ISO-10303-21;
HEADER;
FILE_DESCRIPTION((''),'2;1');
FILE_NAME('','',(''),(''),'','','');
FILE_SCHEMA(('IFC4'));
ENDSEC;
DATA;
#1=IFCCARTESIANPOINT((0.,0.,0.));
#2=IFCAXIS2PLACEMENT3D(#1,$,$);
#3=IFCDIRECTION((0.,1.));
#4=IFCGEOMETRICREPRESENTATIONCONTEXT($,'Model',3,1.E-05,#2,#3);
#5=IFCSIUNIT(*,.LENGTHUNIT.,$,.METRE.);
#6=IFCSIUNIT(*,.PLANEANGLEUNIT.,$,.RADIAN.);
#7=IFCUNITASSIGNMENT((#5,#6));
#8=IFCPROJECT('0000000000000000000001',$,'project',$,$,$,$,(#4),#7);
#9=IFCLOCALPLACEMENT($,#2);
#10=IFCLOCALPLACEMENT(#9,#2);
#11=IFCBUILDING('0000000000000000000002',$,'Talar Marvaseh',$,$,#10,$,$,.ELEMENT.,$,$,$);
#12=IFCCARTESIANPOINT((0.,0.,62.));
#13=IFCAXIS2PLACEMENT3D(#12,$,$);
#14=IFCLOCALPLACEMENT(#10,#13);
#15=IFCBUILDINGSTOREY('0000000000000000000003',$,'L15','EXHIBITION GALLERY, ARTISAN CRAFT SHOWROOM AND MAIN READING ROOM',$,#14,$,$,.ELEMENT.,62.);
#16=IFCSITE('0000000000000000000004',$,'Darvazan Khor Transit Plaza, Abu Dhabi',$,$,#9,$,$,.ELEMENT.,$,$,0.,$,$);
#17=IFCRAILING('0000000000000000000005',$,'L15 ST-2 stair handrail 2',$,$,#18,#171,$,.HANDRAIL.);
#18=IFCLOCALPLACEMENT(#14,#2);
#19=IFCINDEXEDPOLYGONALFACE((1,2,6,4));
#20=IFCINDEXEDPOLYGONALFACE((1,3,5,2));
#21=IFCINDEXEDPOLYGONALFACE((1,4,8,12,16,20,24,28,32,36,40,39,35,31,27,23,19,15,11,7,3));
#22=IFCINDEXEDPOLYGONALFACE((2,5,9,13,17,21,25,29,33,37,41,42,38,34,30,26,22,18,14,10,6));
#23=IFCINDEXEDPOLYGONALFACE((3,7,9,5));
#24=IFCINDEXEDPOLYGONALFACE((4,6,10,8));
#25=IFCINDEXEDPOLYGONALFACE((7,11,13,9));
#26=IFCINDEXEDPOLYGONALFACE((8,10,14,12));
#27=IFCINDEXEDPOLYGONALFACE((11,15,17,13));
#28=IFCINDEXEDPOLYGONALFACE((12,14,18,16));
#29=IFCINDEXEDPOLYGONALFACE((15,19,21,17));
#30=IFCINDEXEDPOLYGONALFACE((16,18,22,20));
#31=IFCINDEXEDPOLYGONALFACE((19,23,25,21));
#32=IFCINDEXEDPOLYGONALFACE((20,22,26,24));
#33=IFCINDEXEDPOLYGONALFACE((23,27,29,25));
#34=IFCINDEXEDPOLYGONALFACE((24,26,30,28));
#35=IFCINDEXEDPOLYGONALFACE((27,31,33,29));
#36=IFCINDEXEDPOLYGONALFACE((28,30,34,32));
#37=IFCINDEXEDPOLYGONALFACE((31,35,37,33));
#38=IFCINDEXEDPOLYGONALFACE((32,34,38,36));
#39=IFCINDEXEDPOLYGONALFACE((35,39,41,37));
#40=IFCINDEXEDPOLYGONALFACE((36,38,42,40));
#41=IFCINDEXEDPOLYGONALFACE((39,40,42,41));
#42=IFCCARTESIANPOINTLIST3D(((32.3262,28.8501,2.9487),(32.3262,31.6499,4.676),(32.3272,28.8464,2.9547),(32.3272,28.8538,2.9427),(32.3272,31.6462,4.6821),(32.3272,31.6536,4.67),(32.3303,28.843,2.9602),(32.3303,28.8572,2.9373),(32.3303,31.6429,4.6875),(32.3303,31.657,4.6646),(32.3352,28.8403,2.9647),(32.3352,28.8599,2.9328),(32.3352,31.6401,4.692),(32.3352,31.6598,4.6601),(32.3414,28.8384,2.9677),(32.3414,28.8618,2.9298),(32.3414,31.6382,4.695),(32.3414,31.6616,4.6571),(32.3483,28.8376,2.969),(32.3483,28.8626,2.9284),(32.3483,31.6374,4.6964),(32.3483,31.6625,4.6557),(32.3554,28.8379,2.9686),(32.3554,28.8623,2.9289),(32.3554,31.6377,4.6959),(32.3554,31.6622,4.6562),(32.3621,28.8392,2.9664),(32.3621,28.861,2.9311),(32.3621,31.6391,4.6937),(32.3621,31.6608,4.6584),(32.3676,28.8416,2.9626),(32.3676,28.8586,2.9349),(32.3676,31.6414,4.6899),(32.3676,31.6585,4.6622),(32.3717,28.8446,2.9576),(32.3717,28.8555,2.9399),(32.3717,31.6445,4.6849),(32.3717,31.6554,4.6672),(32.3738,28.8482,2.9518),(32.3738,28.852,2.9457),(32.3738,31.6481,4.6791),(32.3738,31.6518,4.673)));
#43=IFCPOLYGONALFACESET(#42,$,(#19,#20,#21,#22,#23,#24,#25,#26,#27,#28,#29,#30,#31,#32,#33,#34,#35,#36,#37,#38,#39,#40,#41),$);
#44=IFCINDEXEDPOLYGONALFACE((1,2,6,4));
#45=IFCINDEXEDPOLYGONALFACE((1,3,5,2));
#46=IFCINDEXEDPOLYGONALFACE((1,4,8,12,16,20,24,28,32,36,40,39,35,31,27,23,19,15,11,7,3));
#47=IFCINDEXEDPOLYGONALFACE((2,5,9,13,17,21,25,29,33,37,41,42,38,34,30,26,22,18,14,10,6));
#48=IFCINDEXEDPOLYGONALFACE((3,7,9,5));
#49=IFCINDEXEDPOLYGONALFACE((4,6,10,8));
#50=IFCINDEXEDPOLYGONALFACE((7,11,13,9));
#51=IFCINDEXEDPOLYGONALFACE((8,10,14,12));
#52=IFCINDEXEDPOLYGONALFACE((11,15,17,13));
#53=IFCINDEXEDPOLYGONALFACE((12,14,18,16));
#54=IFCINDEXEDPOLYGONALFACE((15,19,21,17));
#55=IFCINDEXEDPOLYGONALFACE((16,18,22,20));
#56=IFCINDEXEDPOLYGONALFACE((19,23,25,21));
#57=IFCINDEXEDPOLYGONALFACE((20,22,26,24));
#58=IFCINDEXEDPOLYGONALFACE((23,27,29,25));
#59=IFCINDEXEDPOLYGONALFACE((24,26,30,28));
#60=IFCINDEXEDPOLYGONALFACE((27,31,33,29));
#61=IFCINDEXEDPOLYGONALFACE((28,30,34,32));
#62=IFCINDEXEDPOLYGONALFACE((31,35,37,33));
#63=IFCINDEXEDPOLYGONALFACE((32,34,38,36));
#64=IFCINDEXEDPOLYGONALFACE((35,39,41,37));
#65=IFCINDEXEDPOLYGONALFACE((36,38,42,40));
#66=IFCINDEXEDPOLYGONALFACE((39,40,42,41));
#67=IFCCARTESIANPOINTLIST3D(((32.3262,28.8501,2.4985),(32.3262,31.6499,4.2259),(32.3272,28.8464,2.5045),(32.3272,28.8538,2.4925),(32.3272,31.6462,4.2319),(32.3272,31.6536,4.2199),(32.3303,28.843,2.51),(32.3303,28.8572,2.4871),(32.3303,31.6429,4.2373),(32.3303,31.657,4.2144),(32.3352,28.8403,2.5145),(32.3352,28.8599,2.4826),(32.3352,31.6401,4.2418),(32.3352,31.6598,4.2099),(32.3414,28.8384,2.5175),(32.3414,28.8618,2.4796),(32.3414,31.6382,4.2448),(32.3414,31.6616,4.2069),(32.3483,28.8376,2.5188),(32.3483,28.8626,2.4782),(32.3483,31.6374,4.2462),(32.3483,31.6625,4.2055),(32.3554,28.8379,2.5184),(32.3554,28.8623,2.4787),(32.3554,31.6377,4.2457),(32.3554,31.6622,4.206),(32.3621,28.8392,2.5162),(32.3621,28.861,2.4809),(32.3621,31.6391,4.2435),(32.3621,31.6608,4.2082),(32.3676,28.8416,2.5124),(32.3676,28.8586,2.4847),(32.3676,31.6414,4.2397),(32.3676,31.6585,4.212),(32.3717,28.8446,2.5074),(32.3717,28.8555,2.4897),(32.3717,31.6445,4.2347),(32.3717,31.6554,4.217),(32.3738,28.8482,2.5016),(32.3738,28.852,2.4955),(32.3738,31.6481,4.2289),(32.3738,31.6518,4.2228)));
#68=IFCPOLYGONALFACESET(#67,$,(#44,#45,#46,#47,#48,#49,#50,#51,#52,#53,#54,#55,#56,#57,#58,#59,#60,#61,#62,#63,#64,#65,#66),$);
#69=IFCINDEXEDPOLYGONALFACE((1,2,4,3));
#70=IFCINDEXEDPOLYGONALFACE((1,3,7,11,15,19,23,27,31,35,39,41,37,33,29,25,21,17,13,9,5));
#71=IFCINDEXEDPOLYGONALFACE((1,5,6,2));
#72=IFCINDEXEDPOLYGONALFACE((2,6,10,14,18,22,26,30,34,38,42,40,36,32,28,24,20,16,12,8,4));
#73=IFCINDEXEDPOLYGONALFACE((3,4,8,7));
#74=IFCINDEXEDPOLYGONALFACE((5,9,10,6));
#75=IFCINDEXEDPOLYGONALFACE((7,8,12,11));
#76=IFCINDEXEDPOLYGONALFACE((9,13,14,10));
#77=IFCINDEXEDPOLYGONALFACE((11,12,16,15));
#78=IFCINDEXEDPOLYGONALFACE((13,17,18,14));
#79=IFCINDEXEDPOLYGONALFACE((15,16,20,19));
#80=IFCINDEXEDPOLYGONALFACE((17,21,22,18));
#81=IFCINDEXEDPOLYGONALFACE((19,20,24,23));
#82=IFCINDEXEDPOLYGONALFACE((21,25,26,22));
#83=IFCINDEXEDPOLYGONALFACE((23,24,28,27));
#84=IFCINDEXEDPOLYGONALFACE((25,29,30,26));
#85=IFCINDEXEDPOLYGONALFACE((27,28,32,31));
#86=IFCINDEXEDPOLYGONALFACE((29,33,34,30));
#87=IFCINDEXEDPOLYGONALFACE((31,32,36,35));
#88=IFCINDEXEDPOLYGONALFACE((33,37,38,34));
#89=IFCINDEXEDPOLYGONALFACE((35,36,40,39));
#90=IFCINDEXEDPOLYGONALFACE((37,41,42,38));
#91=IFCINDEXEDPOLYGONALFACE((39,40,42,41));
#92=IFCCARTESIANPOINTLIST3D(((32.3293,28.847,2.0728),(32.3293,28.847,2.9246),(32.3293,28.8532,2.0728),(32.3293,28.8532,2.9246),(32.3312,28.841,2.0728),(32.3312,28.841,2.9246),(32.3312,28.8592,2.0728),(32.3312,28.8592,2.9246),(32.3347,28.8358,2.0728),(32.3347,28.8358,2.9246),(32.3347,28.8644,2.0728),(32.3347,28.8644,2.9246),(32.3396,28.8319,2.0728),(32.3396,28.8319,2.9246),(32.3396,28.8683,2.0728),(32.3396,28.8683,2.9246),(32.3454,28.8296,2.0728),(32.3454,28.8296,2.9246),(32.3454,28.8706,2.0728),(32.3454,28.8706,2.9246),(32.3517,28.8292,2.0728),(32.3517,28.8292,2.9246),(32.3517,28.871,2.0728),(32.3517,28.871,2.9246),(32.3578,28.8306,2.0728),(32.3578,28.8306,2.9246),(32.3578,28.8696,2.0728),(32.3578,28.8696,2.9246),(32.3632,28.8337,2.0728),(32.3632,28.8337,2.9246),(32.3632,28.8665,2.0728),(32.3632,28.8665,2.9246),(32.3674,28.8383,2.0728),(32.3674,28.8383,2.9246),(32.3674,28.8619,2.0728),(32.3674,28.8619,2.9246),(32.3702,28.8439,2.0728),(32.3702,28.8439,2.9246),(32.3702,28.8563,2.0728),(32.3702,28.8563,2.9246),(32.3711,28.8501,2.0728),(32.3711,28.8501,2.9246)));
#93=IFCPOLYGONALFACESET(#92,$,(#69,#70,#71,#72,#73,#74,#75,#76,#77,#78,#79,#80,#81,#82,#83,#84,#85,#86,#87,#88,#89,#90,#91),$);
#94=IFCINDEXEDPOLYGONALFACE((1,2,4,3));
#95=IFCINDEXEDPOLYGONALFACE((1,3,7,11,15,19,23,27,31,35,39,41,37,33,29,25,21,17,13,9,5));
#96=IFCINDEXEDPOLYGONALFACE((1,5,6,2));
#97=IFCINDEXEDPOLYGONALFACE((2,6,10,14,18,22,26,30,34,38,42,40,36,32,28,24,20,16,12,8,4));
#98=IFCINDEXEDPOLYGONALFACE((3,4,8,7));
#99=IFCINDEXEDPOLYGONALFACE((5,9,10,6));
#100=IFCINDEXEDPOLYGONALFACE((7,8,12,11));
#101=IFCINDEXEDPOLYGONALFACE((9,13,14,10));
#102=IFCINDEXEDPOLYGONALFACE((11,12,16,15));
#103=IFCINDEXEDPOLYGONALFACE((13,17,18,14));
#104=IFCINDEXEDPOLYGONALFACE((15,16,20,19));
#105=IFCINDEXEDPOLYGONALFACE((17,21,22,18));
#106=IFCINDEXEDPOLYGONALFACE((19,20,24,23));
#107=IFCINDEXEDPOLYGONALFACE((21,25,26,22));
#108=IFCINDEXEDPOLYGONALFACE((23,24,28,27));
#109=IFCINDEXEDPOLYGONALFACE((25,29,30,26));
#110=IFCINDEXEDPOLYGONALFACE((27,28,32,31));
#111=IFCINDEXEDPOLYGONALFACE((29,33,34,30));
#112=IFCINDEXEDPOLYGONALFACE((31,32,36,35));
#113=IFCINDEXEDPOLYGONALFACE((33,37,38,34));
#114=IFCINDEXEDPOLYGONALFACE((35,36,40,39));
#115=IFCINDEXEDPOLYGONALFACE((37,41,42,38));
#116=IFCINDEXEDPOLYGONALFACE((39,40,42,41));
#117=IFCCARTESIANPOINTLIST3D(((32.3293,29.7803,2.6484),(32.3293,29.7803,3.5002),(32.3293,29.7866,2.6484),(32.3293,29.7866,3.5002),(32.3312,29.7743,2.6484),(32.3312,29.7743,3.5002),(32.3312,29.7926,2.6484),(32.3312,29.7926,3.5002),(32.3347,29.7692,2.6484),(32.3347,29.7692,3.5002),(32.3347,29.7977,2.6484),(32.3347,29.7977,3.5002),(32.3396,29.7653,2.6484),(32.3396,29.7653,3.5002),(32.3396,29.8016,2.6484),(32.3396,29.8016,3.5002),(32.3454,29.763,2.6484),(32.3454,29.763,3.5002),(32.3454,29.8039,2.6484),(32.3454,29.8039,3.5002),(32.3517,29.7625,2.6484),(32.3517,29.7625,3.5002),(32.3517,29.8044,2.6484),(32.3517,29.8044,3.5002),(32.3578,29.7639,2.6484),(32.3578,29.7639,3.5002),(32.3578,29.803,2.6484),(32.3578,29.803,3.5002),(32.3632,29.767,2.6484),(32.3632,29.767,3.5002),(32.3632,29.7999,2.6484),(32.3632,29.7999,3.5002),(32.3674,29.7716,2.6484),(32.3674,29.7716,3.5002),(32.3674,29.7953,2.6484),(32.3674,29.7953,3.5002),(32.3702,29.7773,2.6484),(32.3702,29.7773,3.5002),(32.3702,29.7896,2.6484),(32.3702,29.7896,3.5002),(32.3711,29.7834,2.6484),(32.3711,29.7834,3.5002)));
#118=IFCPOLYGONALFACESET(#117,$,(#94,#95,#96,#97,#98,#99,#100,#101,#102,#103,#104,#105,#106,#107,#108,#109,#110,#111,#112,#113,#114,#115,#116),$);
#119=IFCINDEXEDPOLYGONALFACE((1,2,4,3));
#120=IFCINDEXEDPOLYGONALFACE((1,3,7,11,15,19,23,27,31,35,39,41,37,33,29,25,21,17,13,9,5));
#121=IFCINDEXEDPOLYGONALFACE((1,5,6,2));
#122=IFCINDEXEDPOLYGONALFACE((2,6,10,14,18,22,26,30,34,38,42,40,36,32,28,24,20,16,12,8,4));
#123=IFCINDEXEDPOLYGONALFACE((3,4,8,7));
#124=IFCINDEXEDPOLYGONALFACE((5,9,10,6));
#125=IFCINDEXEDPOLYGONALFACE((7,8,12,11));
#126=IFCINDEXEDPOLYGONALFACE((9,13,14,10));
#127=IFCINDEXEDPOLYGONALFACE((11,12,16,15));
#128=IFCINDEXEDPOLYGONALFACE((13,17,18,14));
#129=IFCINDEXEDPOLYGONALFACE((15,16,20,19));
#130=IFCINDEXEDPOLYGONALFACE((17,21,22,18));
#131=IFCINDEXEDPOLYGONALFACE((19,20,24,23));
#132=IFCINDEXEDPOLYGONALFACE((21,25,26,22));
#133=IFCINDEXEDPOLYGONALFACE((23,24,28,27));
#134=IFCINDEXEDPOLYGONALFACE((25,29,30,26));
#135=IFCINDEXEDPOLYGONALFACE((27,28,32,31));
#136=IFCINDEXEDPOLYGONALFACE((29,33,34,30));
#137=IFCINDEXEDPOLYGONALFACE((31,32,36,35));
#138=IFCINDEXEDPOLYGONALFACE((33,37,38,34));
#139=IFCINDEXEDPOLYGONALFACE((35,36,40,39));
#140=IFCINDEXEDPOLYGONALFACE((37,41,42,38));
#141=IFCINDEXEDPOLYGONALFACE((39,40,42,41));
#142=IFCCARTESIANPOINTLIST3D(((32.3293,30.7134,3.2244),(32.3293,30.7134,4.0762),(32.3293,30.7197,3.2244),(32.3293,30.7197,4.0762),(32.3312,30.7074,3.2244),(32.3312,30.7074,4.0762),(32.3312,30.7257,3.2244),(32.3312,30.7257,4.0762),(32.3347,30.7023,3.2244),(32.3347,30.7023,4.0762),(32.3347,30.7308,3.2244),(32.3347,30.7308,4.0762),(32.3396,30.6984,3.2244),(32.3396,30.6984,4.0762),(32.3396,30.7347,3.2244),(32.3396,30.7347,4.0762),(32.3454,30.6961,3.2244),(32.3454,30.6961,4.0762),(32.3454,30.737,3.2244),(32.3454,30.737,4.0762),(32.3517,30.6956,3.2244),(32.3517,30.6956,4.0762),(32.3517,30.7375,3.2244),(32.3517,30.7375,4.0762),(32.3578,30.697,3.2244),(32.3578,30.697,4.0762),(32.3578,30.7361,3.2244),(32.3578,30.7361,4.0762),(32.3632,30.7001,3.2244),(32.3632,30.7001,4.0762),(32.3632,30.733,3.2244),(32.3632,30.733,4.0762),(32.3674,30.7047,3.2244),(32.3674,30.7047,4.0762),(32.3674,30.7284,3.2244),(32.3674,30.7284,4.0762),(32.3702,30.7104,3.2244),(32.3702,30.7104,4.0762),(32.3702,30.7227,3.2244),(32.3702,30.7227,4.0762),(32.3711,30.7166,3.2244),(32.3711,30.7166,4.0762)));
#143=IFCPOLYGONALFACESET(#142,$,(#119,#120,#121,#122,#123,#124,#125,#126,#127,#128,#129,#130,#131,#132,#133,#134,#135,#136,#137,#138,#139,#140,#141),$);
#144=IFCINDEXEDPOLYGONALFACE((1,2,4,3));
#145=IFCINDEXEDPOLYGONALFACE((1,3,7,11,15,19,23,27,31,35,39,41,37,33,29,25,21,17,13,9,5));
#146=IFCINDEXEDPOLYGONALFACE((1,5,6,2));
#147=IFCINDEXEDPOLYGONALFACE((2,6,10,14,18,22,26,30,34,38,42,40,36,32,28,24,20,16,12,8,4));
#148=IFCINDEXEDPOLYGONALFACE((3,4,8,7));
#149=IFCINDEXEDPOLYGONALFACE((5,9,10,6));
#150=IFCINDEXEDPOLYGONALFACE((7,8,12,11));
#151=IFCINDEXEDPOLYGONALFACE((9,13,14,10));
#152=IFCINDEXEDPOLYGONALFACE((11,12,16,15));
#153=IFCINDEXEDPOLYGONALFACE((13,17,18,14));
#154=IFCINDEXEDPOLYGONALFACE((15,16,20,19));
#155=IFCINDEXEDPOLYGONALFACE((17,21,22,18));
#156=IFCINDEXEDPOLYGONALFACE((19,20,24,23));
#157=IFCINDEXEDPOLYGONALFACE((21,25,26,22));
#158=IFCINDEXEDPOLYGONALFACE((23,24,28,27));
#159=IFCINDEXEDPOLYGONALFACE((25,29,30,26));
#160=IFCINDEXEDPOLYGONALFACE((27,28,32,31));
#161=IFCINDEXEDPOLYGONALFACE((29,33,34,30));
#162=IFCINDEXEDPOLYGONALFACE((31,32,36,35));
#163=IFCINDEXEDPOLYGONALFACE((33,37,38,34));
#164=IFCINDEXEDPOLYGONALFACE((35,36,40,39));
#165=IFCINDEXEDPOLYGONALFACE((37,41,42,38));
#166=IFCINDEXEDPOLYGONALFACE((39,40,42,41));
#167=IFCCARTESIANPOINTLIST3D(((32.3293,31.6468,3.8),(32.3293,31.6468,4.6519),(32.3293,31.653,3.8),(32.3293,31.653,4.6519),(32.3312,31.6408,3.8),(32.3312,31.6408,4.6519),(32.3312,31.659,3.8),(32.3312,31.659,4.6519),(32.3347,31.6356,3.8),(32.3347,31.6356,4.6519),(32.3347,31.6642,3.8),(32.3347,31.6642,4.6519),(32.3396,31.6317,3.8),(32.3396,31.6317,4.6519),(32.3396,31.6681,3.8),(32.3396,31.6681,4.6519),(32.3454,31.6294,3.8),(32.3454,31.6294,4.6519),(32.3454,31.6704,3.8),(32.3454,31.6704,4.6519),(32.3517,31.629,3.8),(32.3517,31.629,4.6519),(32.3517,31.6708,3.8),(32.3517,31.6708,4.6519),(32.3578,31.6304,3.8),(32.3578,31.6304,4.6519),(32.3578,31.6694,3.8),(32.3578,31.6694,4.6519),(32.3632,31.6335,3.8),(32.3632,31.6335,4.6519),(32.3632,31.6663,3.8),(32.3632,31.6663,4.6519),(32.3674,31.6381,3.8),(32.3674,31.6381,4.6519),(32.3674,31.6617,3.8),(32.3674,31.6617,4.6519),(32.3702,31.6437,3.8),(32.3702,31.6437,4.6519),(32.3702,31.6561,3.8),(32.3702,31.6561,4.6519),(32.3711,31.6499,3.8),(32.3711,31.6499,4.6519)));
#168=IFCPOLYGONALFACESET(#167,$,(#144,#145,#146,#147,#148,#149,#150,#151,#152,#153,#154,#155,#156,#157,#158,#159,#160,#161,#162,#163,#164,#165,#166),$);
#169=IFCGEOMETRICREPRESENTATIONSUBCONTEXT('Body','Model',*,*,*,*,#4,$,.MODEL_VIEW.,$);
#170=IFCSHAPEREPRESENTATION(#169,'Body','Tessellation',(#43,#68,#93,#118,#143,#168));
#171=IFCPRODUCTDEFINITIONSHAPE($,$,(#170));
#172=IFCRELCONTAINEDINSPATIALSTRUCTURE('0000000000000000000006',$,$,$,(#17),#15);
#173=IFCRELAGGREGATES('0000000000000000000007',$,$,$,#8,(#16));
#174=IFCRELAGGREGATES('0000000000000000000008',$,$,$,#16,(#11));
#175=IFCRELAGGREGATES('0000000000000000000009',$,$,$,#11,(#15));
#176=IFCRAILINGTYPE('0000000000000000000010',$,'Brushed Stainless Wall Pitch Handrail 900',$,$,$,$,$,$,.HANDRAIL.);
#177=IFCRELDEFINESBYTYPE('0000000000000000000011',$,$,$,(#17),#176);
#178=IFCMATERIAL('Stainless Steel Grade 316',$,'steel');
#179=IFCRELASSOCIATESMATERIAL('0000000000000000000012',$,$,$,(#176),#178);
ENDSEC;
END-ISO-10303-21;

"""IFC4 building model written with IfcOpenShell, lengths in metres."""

from ifc_helpers import new_model, si_unit, direction, frame, origin, origin_2d, place, context, subcontext, project, spatial, circle, extrude, material, type_object, element, save


model = new_model("IFC4")

# Units and contexts
model_context = context("Model", 3, precision=1e-05, world=origin(), true_north=direction((0.0, 1.0)))
body_context = subcontext(model_context, "Body", "Model", "MODEL_VIEW")
ifc_project = project(units=[si_unit("LENGTHUNIT", "METRE"), si_unit("PLANEANGLEUNIT", "RADIAN")], contexts=[model_context])

# Site, building, storey
site_placement = place(None, origin())
site = spatial("IfcSite", under=ifc_project, at=site_placement, Name="Darvazan Khor Transit Plaza, Abu Dhabi", CompositionType="ELEMENT", RefElevation=0.0)
building_placement = place(site_placement, origin())
building = spatial("IfcBuilding", under=site, at=building_placement, Name="Talar Marvaseh", CompositionType="ELEMENT")
storey_placement = place(building_placement, frame((0.0, 0.0, 62.0)))
storey = spatial("IfcBuildingStorey", under=building, at=storey_placement, Name="L15", Description="EXHIBITION GALLERY, ARTISAN CRAFT SHOWROOM AND MAIN READING ROOM", CompositionType="ELEMENT", Elevation=62.0)

# Railing
ifc_material_1 = material(Name="Stainless Steel Grade 316", Category="steel")
railing_type = type_object("IfcRailingType", Name="Brushed Stainless Wall Pitch Handrail 900", PredefinedType="HANDRAIL", material=ifc_material_1)
railing_placement = place(storey_placement, frame((32.3501, 28.8501, 2.0728)))
element("IfcRailing", 1, at=railing_placement, inside=storey, type_object=railing_type, Name="L15 ST-2 stair handrail 2", PredefinedType="HANDRAIL", context=body_context, shape_type="SweptSolid", body=[
    extrude(circle(Radius=0.0239, at=origin_2d()), frame((0.0, 0.0, 0.876), z_axis=(0.0, 0.851069, 0.525054), x_axis=(-1.0, 0.0, 0.0)), (0.0, 0.0, 1.0), 3.2898),
    extrude(circle(Radius=0.0239, at=origin_2d()), frame((0.0, 0.0, 0.4258), z_axis=(0.0, 0.851069, 0.525054), x_axis=(-1.0, 0.0, 0.0)), (0.0, 0.0, 1.0), 3.2898),
    extrude(circle(Radius=0.021, at=origin_2d()), origin(), (0.0, 0.0, 1.0), 0.8518),
    extrude(circle(Radius=0.021, at=origin_2d()), frame((0.0, 0.9333, 0.5757)), (0.0, 0.0, 1.0), 0.8518),
    extrude(circle(Radius=0.021, at=origin_2d()), frame((0.0, 1.8665, 1.1516)), (0.0, 0.0, 1.0), 0.8518),
    extrude(circle(Radius=0.021, at=origin_2d()), frame((0.0, 2.7998, 1.7273)), (0.0, 0.0, 1.0), 0.8518),
])

save(model, "model.ifc")
